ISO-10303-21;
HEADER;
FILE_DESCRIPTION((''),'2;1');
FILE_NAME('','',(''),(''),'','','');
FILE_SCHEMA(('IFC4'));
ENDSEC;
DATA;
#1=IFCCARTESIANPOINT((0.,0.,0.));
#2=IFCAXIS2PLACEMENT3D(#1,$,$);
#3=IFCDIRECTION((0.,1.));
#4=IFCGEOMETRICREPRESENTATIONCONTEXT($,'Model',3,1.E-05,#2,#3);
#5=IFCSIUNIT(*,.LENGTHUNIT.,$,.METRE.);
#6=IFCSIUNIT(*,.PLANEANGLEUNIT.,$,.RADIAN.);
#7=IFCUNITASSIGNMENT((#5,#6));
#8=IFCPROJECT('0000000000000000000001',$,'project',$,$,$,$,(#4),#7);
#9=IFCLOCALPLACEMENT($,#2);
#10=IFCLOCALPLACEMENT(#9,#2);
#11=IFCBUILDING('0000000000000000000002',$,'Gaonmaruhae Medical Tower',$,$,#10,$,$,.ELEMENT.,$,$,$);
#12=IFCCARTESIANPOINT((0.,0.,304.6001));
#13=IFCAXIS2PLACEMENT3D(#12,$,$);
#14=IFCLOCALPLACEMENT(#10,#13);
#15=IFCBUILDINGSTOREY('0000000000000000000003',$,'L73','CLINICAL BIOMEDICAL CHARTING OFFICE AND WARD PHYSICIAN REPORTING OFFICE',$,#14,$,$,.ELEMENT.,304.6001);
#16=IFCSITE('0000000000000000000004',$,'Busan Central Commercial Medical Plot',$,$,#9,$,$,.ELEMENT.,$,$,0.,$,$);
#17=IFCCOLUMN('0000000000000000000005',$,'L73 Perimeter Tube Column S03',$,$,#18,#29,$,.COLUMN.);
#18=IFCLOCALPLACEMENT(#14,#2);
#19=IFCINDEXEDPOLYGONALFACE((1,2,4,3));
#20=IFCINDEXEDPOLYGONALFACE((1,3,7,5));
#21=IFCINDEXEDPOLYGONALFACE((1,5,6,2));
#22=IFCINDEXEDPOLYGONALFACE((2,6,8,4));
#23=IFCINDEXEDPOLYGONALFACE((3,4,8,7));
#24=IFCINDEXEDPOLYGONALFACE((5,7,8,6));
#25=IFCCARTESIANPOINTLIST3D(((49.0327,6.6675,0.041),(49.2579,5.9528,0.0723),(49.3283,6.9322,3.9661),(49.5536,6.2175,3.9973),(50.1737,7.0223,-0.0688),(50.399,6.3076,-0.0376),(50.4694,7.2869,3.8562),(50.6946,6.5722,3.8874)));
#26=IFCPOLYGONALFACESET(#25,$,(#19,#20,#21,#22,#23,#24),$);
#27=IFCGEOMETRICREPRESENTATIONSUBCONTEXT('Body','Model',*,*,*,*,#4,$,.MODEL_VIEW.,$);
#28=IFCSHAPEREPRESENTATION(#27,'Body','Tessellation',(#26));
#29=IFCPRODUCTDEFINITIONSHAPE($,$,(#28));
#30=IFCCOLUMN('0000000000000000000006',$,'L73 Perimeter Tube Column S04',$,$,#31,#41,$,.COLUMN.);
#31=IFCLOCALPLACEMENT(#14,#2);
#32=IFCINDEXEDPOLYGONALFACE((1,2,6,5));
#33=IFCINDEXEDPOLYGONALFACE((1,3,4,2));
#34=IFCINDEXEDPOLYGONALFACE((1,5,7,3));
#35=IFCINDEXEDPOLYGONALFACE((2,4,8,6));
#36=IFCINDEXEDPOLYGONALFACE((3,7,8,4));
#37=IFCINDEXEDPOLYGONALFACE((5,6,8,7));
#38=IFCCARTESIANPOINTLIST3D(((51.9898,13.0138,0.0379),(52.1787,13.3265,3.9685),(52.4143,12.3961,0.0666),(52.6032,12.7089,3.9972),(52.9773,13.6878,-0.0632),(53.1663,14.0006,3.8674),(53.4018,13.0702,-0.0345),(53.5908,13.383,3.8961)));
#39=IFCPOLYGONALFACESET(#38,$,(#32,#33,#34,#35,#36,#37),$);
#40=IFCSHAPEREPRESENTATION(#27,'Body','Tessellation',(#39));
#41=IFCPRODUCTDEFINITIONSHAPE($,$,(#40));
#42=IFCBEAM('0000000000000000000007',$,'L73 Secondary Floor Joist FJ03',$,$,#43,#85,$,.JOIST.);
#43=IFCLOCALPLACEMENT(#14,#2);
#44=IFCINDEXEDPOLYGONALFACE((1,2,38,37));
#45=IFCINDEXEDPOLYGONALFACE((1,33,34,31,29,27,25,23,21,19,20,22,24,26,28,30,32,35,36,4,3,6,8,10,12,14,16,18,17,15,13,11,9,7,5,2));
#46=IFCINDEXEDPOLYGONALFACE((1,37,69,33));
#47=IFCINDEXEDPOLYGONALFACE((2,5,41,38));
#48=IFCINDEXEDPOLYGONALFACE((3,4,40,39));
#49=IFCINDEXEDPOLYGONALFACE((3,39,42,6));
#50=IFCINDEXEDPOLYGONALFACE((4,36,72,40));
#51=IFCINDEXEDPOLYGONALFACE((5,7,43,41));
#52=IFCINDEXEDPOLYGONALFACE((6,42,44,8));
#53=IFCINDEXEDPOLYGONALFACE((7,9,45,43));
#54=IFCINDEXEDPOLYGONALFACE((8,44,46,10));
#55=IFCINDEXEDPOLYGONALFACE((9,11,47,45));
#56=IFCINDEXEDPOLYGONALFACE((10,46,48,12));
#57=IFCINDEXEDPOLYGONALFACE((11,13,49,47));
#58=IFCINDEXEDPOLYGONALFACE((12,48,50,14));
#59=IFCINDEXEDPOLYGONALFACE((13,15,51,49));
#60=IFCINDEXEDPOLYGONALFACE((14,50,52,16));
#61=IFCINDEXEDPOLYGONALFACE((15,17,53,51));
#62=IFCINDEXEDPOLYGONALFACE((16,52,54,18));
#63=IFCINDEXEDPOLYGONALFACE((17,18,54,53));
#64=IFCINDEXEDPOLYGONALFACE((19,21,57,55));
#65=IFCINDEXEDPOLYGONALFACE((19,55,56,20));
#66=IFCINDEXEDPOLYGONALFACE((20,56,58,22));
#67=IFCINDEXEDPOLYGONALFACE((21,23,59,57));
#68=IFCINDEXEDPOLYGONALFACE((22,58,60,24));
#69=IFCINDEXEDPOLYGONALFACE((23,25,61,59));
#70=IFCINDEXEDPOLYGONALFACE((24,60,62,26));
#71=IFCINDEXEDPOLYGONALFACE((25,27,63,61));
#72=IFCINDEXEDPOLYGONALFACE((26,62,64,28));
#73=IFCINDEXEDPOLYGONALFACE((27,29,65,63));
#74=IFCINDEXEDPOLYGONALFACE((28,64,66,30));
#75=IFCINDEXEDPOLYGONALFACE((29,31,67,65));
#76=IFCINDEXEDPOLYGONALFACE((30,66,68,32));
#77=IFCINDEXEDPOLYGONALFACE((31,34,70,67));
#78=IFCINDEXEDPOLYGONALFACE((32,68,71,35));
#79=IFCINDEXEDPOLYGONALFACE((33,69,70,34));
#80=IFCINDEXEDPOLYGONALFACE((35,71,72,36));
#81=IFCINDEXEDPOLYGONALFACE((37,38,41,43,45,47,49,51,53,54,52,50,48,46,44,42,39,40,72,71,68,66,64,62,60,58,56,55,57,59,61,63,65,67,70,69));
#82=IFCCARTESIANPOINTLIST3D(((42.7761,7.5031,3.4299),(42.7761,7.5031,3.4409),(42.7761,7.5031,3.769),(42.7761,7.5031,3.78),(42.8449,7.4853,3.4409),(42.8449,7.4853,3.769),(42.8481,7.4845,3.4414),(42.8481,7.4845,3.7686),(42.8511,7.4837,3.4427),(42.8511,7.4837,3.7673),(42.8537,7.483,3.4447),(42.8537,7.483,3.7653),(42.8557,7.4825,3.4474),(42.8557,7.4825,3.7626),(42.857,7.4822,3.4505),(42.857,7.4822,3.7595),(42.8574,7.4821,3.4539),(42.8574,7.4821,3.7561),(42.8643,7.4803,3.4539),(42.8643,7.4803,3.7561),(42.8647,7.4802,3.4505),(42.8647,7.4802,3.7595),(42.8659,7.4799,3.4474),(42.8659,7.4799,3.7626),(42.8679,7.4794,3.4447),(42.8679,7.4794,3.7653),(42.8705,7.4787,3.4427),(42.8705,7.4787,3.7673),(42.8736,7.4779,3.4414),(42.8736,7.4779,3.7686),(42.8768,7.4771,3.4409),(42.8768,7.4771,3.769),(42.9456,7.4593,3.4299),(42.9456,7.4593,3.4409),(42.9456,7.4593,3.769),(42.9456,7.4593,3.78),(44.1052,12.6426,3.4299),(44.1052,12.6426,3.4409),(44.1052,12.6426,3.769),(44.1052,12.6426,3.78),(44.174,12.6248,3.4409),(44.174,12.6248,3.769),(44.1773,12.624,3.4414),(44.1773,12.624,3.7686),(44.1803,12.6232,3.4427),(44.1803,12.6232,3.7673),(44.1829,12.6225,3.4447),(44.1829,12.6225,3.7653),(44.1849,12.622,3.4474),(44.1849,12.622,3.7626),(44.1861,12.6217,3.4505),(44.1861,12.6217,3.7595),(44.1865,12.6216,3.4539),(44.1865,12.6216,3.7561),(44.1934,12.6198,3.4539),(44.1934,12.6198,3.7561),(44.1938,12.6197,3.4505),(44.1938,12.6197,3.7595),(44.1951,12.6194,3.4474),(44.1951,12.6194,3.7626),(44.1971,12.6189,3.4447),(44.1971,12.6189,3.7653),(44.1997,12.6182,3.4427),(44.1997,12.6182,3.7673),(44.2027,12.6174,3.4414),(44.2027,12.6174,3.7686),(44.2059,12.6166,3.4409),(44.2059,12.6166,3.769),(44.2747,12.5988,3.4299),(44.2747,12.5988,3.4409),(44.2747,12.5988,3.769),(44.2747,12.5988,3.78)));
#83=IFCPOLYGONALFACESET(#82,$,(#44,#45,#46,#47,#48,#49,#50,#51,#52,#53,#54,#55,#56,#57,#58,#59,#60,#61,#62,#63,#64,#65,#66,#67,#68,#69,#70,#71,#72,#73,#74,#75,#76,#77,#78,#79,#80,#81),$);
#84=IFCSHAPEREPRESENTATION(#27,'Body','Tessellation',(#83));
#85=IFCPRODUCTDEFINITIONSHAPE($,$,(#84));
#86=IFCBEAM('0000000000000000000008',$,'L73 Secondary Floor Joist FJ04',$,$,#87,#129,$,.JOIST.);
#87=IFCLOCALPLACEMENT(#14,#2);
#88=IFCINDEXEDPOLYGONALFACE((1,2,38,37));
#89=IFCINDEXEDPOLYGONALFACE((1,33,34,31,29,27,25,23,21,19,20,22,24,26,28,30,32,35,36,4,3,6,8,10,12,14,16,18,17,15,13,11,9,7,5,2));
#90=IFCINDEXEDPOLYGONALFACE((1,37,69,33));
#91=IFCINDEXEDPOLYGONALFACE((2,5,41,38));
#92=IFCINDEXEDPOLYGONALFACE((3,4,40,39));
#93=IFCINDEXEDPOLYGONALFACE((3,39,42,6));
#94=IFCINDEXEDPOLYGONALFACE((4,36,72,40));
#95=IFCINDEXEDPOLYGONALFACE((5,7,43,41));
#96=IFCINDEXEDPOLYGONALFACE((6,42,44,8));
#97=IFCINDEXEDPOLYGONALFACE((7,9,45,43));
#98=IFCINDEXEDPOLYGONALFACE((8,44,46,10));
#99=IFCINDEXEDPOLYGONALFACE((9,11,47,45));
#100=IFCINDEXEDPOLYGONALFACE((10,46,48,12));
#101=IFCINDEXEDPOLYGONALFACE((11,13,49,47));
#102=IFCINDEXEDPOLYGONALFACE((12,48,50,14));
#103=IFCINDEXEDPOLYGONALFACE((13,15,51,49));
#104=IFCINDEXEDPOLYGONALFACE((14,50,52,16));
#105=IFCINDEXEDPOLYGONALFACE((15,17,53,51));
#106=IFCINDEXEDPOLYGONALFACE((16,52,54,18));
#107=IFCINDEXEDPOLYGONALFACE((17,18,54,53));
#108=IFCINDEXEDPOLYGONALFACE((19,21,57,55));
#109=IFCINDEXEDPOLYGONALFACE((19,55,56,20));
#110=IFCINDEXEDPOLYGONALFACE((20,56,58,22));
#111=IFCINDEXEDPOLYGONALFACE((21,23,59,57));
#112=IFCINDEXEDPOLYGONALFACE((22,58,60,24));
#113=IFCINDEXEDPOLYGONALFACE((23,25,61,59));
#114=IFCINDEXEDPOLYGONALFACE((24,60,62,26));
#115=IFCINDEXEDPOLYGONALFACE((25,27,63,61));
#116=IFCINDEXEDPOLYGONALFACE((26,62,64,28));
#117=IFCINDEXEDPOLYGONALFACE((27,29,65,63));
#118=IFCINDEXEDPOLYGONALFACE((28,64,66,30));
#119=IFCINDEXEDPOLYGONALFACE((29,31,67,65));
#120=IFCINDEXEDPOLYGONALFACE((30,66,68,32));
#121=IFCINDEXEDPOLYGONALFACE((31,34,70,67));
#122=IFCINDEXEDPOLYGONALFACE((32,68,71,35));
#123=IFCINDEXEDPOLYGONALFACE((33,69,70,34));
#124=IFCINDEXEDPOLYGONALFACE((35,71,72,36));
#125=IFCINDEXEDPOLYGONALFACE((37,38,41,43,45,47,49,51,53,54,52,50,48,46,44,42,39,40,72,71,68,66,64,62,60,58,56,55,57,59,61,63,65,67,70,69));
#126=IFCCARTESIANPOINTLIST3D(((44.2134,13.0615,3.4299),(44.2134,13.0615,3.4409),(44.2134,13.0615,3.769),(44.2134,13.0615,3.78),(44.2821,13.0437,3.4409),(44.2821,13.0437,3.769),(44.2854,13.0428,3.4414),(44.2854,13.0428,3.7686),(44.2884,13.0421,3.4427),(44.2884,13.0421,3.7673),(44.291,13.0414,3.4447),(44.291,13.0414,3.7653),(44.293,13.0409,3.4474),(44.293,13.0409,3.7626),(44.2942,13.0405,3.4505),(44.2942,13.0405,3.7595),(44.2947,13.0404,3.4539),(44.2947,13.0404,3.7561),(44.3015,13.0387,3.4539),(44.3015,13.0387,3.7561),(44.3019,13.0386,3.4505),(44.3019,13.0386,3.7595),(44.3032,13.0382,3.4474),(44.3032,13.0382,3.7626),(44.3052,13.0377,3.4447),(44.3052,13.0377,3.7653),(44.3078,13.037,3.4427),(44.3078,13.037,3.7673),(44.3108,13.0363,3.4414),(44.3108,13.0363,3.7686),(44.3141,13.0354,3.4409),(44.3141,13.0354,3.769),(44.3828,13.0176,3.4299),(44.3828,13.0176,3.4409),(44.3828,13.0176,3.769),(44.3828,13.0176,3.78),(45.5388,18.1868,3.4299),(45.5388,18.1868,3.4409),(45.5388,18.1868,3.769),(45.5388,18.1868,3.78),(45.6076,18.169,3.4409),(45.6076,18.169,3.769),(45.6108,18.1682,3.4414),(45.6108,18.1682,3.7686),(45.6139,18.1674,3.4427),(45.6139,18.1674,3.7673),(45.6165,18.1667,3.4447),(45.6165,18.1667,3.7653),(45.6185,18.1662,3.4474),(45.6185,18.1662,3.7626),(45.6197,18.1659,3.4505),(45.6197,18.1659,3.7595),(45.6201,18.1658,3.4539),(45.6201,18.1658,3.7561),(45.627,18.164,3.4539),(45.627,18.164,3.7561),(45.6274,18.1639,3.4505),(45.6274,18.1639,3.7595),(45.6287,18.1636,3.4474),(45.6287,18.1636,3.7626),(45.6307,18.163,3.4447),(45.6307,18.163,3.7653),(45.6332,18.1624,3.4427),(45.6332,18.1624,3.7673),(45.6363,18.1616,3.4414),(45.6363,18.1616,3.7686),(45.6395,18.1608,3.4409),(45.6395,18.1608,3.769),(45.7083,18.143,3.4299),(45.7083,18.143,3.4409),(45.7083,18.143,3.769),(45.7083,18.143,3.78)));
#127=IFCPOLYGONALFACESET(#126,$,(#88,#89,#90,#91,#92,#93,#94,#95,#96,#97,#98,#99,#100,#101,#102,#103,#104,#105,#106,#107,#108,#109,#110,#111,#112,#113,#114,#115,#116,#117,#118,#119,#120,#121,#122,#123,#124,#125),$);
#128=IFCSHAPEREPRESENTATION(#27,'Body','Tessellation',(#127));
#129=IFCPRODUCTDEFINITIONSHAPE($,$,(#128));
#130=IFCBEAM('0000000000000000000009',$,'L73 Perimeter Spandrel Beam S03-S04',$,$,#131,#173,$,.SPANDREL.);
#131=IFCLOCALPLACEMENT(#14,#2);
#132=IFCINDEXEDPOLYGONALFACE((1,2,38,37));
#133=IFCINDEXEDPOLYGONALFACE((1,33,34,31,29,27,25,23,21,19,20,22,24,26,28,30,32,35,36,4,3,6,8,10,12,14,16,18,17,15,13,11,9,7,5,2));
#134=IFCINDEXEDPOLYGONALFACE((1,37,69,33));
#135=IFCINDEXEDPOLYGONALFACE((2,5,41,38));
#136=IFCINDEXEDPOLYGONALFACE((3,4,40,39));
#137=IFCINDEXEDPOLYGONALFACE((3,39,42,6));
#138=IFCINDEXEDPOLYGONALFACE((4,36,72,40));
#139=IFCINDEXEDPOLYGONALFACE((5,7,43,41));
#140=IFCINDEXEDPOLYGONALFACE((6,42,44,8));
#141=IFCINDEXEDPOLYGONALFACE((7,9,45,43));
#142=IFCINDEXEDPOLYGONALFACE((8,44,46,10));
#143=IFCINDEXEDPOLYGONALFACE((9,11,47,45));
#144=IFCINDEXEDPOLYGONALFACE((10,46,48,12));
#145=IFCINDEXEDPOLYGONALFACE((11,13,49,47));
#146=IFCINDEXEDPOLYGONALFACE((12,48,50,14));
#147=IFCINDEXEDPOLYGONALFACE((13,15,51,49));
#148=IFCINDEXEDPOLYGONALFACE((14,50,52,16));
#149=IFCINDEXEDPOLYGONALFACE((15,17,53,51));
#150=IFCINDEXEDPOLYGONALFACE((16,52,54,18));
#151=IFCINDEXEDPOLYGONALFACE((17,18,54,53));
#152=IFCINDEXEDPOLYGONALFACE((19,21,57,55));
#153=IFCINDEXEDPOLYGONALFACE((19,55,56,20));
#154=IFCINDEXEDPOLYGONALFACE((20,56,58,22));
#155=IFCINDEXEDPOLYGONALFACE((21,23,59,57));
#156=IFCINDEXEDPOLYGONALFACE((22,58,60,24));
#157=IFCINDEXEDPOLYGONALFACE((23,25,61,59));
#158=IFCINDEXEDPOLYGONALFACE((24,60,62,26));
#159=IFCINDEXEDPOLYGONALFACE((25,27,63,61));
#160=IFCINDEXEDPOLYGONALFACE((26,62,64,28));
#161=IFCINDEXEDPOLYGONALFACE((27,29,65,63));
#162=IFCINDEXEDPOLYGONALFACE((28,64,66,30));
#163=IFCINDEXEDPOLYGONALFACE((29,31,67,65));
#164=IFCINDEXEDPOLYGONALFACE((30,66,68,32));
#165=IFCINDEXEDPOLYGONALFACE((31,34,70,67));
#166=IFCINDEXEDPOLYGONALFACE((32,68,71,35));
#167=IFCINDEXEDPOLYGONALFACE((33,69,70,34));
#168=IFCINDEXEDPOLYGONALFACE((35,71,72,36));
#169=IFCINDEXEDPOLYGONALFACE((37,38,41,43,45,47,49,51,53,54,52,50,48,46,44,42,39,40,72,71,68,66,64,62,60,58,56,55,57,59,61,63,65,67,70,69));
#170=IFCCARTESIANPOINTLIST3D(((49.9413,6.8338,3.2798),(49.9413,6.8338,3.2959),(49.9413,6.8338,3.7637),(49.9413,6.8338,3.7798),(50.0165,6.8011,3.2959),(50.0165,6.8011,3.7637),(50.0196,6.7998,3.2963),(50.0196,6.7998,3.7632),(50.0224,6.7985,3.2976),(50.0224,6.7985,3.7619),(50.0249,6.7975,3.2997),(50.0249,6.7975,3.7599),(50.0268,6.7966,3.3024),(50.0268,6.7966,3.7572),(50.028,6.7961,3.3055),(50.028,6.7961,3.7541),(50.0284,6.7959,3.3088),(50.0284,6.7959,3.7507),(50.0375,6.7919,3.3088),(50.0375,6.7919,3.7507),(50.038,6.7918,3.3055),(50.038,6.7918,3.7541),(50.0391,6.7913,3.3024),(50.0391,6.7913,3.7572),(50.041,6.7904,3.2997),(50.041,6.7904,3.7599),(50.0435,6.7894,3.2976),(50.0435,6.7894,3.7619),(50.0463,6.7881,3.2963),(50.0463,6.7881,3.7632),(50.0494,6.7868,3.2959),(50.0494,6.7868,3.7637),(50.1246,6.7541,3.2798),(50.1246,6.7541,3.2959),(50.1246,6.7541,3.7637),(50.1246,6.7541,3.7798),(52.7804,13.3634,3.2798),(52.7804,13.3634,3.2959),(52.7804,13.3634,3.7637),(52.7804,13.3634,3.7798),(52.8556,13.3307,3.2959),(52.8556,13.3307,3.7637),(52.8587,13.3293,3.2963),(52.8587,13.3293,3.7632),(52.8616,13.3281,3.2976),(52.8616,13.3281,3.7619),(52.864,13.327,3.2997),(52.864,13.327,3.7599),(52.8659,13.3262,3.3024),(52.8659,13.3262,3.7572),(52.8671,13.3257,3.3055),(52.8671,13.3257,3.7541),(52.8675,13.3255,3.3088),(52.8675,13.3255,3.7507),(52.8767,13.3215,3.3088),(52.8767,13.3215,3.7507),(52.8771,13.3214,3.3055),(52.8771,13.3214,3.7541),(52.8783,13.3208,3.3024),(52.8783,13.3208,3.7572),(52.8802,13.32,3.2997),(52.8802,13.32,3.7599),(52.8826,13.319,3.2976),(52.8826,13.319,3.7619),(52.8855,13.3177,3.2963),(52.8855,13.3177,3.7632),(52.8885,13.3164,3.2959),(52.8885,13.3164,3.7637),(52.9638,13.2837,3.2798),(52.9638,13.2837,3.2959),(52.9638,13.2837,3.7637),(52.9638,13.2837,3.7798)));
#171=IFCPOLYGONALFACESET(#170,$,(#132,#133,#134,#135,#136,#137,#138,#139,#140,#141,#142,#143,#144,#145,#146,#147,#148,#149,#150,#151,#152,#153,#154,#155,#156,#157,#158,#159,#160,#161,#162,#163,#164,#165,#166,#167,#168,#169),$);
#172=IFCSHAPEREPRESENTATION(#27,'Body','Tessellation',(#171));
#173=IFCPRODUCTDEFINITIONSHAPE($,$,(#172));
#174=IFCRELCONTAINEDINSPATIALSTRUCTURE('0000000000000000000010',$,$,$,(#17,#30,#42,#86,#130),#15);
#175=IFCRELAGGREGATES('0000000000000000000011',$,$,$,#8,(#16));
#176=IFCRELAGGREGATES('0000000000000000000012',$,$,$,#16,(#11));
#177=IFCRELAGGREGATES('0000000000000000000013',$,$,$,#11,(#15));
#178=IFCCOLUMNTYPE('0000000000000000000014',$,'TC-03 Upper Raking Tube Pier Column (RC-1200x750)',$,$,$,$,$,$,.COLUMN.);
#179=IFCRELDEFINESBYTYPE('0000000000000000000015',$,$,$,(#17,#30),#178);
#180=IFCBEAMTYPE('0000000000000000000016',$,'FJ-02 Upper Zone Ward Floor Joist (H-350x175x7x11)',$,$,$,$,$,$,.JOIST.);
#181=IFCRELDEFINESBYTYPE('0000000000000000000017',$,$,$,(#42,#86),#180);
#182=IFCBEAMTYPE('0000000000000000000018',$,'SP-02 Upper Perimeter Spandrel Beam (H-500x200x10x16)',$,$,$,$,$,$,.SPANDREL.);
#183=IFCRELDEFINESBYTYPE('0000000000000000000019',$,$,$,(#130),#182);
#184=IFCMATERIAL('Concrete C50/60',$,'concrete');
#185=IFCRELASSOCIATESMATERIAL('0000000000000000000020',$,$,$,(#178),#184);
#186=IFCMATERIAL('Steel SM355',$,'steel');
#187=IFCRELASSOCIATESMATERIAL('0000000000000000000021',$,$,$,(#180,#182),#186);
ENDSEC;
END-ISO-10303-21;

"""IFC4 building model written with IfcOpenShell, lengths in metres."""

from ifc_helpers import new_model, si_unit, direction, frame, origin, origin_2d, place, context, subcontext, project, spatial, rectangle, i_section, extrude, material, material_profile, profile_set, type_object, element, save


model = new_model("IFC4")

# Units and contexts
model_context = context("Model", 3, precision=1e-05, world=origin(), true_north=direction((0.0, 1.0)))
body_context = subcontext(model_context, "Body", "Model", "MODEL_VIEW")
ifc_project = project(units=[si_unit("LENGTHUNIT", "METRE"), si_unit("PLANEANGLEUNIT", "RADIAN")], contexts=[model_context])

# Site, building, storey
site_placement = place(None, origin())
site = spatial("IfcSite", under=ifc_project, at=site_placement, Name="Busan Central Commercial Medical Plot", CompositionType="ELEMENT", RefElevation=0.0)
building_placement = place(site_placement, origin())
building = spatial("IfcBuilding", under=site, at=building_placement, Name="Gaonmaruhae Medical Tower", CompositionType="ELEMENT")
storey_placement = place(building_placement, frame((0.0, 0.0, 304.6001)))
storey = spatial("IfcBuildingStorey", under=building, at=storey_placement, Name="L73", Description="CLINICAL BIOMEDICAL CHARTING OFFICE AND WARD PHYSICIAN REPORTING OFFICE", CompositionType="ELEMENT", Elevation=304.6001)

# Columns
ifc_material_1 = material(Name="Concrete C50/60", Category="concrete")
ifc_material_profile_1 = material_profile(ifc_material_1, rectangle(XDim=1.2, YDim=0.75, at=origin_2d()), Name="RC-1200x750")
ifc_profile_set_1 = profile_set([ifc_material_profile_1], Name="Concrete C50/60")
column_type = type_object("IfcColumnType", Name="TC-03 Upper Raking Tube Pier Column (RC-1200x750)", PredefinedType="COLUMN", material=ifc_profile_set_1)
column_1_placement = place(storey_placement, frame((49.7158, 6.4875, 0.0017), z_axis=(0.074943, 0.067084, 0.994929), x_axis=(-0.950891, -0.295672, 0.091562)))
element("IfcColumn", 1, at=column_1_placement, inside=storey, type_object=column_type, Name="L73 Perimeter Tube Column S03", PredefinedType="COLUMN", context=body_context, shape_type="SweptSolid", body=[
    extrude(rectangle(XDim=1.2, YDim=0.75, at=origin_2d()), origin(), (0.0, 0.0, 1.0), 3.9451),
])
column_2_placement = place(storey_placement, frame((52.6958, 13.042, 0.0017), z_axis=(0.047868, 0.079224, 0.995707), x_axis=(-0.823004, -0.561751, 0.084261)))
element("IfcColumn", 2, at=column_2_placement, inside=storey, type_object=column_type, Name="L73 Perimeter Tube Column S04", PredefinedType="COLUMN", context=body_context, shape_type="SweptSolid", body=[
    extrude(rectangle(XDim=1.2, YDim=0.75, at=origin_2d()), origin(), (0.0, 0.0, 1.0), 3.9475),
])

# Beams
ifc_material_2 = material(Name="Steel SM355", Category="steel")
ifc_material_profile_2 = material_profile(ifc_material_2, i_section(OverallWidth=0.175, OverallDepth=0.3501, WebThickness=0.0071, FlangeThickness=0.011, FilletRadius=0.0129, at=origin_2d()), Name="H-350x175x7x11")
ifc_profile_set_2 = profile_set([ifc_material_profile_2], Name="Steel SM355")
beam_type_1 = type_object("IfcBeamType", Name="FJ-02 Upper Zone Ward Floor Joist (H-350x175x7x11)", PredefinedType="JOIST", material=ifc_profile_set_2)
beam_1_placement = place(storey_placement, frame((42.8608, 7.4812, 3.605), z_axis=(0.250373, 0.968149, 0.0), x_axis=(-0.968149, 0.250373, 0.0)))
element("IfcBeam", 3, at=beam_1_placement, inside=storey, type_object=beam_type_1, Name="L73 Secondary Floor Joist FJ03", PredefinedType="JOIST", context=body_context, shape_type="SweptSolid", body=[
    extrude(i_section(OverallWidth=0.175, OverallDepth=0.3501, WebThickness=0.0071, FlangeThickness=0.011, FilletRadius=0.0129, at=origin_2d()), origin(), (0.0, 0.0, 1.0), 5.3086),
])
beam_2_placement = place(storey_placement, frame((44.2981, 13.0396, 3.605), z_axis=(0.250373, 0.968149, 0.0), x_axis=(-0.968149, 0.250373, 0.0)))
element("IfcBeam", 4, at=beam_2_placement, inside=storey, type_object=beam_type_1, Name="L73 Secondary Floor Joist FJ04", PredefinedType="JOIST", context=body_context, shape_type="SweptSolid", body=[
    extrude(i_section(OverallWidth=0.175, OverallDepth=0.3501, WebThickness=0.0071, FlangeThickness=0.011, FilletRadius=0.0129, at=origin_2d()), origin(), (0.0, 0.0, 1.0), 5.2939),
])
ifc_material_profile_3 = material_profile(ifc_material_2, i_section(OverallWidth=0.2, OverallDepth=0.5, WebThickness=0.01, FlangeThickness=0.0161, FilletRadius=0.0129, at=origin_2d()), Name="H-500x200x10x16")
ifc_profile_set_3 = profile_set([ifc_material_profile_3], Name="Steel SM355")
beam_type_2 = type_object("IfcBeamType", Name="SP-02 Upper Perimeter Spandrel Beam (H-500x200x10x16)", PredefinedType="SPANDREL", material=ifc_profile_set_3)
for number, where, z_axis, x_axis, name in (
    (5, (50.033, 6.7939, 3.5298), (0.398747, 0.917061, 0.0), (-0.917061, 0.398747, 0.0), "L73 Perimeter Spandrel Beam S03-S04"),
):
    element("IfcBeam", number, at=place(storey_placement, frame(where, z_axis=z_axis, x_axis=x_axis)), inside=storey, type_object=beam_type_2, Name=name, PredefinedType="SPANDREL", context=body_context, shape_type="SweptSolid", body=[
        extrude(i_section(OverallWidth=0.2, OverallDepth=0.5, WebThickness=0.01, FlangeThickness=0.0161, FilletRadius=0.0129, at=origin_2d()), origin(), (0.0, 0.0, 1.0), 7.1201),
    ])

save(model, "model.ifc")
